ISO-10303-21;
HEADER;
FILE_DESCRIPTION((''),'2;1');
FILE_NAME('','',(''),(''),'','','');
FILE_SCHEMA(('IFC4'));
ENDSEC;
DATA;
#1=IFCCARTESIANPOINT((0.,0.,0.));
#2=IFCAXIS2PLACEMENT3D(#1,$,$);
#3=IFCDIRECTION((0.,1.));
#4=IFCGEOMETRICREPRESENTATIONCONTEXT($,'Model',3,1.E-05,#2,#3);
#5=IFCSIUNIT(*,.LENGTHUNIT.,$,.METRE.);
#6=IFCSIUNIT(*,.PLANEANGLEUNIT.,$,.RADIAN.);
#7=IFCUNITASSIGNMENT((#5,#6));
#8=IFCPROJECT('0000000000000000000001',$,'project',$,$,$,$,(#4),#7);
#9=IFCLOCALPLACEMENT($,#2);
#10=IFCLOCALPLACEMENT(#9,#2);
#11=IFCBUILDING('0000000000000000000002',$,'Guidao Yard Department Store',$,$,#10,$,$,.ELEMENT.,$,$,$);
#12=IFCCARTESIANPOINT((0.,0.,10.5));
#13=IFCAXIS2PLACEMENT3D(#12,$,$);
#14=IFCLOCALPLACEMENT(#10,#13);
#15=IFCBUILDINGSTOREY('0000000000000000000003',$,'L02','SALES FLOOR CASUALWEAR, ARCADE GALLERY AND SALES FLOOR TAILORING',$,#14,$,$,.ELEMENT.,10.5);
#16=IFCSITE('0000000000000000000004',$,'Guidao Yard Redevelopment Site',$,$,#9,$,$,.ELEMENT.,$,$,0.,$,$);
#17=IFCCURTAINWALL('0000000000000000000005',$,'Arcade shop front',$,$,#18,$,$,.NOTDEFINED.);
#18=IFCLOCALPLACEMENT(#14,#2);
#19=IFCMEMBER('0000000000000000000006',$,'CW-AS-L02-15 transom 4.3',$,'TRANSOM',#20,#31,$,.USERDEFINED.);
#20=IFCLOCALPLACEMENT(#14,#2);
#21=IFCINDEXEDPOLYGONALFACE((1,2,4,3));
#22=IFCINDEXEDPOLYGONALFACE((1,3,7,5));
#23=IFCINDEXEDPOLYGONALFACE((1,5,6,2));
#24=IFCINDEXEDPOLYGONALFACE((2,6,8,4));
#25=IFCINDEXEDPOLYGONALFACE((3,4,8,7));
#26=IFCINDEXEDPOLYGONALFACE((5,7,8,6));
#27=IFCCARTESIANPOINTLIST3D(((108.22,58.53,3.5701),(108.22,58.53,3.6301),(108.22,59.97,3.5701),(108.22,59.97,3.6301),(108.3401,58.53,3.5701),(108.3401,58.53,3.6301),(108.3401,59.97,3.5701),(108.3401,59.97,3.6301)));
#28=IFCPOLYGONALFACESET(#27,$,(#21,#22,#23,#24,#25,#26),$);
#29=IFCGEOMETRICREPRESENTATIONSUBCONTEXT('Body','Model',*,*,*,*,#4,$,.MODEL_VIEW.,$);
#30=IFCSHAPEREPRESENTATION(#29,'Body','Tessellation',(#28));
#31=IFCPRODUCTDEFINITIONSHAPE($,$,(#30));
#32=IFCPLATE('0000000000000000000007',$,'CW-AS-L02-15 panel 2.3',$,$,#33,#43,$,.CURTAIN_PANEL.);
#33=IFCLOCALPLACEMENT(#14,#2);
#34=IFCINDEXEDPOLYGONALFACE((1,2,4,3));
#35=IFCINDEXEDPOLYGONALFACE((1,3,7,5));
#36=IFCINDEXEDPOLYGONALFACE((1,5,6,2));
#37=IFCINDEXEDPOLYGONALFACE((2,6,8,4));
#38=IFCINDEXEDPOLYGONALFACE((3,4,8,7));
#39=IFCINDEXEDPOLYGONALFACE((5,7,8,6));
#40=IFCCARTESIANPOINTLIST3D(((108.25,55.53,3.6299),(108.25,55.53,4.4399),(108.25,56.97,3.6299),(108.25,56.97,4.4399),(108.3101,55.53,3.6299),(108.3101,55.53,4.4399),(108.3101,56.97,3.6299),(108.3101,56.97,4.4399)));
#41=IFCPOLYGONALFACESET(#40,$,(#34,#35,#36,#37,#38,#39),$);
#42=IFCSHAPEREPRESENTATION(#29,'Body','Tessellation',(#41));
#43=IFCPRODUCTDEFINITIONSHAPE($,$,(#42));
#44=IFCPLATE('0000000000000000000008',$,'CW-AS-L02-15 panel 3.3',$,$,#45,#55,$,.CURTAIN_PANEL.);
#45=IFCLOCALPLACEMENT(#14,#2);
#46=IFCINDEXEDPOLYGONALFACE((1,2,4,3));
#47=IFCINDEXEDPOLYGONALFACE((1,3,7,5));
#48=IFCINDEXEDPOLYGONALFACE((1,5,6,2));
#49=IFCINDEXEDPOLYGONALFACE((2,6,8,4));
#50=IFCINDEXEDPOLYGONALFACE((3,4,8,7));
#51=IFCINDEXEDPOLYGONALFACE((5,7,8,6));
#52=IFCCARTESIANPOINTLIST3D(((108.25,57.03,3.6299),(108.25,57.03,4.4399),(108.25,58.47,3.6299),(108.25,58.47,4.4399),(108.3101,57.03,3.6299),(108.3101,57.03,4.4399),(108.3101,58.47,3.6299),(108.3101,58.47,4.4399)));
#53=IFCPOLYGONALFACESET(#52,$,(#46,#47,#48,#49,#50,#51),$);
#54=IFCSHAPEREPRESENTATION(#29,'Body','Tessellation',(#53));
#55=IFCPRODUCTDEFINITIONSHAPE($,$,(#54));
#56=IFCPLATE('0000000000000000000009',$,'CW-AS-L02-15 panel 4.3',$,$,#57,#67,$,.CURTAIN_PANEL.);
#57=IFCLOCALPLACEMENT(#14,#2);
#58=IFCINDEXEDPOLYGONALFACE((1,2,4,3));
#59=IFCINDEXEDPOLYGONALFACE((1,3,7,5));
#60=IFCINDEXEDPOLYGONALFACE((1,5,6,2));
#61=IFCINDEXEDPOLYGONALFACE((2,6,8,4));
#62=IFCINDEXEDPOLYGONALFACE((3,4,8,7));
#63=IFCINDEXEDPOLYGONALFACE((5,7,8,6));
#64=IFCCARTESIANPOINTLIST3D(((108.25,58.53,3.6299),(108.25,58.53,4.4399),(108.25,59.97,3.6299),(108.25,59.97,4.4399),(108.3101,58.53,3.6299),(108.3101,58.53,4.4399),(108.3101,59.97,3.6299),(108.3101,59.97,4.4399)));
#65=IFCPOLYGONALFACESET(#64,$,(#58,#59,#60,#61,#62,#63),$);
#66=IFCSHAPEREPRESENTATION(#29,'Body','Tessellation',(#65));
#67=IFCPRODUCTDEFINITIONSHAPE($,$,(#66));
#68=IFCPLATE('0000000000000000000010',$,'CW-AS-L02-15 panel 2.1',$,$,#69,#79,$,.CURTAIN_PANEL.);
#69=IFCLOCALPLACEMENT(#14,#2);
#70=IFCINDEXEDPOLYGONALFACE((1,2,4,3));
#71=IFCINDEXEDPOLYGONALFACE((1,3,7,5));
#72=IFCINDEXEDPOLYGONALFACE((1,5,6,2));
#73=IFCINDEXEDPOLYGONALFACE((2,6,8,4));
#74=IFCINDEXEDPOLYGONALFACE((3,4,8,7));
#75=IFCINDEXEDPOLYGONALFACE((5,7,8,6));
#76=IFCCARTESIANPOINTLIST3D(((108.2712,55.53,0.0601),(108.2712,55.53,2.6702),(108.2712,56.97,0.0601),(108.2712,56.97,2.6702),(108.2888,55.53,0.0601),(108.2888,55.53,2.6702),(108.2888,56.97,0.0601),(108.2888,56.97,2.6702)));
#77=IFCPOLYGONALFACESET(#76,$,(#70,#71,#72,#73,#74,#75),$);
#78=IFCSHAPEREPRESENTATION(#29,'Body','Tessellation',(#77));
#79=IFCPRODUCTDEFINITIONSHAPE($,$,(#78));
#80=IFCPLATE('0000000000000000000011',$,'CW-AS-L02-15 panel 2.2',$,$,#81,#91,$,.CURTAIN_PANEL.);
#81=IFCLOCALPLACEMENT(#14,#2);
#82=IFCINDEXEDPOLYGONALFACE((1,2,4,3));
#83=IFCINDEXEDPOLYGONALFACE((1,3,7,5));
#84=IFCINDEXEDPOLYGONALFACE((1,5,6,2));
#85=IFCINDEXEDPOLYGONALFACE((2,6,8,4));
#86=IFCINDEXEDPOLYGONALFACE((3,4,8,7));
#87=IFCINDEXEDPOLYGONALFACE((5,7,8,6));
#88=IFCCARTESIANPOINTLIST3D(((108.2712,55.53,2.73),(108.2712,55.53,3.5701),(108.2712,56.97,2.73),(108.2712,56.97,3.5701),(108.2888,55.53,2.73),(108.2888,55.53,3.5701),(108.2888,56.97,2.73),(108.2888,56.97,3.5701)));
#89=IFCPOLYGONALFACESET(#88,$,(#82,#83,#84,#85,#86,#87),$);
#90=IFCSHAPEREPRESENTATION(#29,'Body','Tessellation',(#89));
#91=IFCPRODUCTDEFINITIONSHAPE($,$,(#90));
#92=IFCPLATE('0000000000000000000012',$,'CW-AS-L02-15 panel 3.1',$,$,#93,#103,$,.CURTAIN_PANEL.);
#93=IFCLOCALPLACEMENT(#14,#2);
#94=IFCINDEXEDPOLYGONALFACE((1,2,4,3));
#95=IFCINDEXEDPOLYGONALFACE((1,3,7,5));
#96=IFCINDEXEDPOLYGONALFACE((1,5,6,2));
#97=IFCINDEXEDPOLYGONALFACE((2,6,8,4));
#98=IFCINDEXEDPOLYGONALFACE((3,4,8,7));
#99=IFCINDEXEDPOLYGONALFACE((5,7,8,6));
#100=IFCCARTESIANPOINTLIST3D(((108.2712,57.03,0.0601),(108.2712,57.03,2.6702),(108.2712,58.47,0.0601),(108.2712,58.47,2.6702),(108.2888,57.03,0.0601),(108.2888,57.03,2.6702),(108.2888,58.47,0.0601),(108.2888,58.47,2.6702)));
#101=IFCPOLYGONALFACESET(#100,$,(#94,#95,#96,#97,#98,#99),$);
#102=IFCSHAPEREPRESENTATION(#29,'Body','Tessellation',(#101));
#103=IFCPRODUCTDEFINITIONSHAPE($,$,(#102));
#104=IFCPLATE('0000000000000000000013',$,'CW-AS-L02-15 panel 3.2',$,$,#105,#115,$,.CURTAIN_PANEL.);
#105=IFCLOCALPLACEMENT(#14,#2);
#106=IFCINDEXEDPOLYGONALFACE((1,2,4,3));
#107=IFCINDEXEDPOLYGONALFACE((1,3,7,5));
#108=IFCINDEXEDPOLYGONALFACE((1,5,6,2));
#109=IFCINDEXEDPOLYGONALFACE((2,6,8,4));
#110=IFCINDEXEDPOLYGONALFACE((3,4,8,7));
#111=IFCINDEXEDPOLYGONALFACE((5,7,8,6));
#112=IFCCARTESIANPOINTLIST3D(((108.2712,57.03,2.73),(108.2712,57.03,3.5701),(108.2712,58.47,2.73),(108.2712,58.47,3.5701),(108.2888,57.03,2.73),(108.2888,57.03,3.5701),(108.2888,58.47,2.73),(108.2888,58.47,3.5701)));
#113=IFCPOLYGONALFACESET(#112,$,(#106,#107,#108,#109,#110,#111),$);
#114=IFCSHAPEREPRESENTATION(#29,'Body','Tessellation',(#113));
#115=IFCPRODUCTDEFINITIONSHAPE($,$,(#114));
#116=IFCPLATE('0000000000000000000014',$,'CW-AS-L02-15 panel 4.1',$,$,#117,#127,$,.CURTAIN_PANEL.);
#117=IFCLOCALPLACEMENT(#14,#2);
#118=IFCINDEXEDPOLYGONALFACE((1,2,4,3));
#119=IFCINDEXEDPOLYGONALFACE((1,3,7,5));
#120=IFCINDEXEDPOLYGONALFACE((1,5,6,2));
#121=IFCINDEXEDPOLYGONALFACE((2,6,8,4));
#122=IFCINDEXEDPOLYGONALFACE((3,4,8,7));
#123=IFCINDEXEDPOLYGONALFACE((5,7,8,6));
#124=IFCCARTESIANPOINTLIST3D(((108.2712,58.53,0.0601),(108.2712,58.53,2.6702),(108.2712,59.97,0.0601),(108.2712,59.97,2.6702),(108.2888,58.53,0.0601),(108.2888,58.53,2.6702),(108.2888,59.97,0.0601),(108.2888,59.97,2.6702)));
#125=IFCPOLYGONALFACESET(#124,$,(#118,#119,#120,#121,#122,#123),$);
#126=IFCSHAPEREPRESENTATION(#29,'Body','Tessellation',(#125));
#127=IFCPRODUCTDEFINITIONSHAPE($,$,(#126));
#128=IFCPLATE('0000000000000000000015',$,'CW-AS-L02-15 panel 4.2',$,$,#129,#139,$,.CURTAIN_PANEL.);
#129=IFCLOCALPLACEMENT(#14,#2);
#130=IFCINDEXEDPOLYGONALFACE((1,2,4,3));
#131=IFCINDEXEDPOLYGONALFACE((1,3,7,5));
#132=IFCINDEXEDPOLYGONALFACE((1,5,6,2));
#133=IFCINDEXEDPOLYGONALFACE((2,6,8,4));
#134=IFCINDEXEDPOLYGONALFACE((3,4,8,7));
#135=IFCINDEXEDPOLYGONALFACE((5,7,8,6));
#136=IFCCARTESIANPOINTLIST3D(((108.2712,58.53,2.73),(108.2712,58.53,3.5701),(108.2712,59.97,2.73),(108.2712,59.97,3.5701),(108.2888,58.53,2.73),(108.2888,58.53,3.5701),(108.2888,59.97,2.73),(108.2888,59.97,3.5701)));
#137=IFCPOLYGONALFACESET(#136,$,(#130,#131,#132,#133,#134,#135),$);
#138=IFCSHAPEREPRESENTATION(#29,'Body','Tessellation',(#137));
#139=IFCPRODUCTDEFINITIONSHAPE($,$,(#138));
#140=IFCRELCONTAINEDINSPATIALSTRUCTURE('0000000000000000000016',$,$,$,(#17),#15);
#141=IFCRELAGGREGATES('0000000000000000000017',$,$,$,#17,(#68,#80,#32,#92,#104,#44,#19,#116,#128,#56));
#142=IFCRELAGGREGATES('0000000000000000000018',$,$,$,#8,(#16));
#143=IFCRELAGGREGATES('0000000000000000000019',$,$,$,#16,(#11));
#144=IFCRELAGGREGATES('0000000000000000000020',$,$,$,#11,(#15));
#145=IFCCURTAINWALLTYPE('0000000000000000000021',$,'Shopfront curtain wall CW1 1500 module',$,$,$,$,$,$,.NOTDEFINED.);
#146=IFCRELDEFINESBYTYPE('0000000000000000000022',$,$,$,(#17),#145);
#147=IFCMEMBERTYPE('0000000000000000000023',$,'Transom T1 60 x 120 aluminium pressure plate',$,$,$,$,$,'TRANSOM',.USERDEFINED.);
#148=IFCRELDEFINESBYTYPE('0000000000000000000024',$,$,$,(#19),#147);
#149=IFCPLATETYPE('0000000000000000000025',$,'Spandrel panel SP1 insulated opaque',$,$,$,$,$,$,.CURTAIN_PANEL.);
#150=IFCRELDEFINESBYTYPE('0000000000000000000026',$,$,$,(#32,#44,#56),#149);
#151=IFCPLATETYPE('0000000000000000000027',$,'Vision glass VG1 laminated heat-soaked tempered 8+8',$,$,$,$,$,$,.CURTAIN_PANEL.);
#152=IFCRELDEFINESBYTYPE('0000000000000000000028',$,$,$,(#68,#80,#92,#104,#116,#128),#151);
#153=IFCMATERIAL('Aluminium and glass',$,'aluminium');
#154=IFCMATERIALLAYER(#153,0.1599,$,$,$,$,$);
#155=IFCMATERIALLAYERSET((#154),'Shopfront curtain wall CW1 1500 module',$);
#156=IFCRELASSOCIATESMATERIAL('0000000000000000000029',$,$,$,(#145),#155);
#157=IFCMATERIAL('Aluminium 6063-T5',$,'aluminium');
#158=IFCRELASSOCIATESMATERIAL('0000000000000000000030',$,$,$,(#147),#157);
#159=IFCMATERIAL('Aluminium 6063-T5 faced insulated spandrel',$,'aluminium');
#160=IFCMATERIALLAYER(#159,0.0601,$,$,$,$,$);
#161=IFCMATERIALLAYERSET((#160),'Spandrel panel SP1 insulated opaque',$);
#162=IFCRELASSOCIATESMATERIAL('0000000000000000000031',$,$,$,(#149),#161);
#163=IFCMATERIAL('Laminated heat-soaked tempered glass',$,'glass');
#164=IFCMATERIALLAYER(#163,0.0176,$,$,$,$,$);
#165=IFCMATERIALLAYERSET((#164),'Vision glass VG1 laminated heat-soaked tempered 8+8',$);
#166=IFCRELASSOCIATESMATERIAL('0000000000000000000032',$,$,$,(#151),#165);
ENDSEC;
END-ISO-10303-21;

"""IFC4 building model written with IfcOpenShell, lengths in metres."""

from ifc_helpers import new_model, si_unit, direction, frame, origin, origin_2d, place, context, subcontext, project, spatial, rectangle, extrude, material, layer, layer_set, material_profile, profile_set, type_object, element, aggregate, save


model = new_model("IFC4")

# Units and contexts
model_context = context("Model", 3, precision=1e-05, world=origin(), true_north=direction((0.0, 1.0)))
body_context = subcontext(model_context, "Body", "Model", "MODEL_VIEW")
ifc_project = project(units=[si_unit("LENGTHUNIT", "METRE"), si_unit("PLANEANGLEUNIT", "RADIAN")], contexts=[model_context])

# Site, building, storey
site_placement = place(None, origin())
site = spatial("IfcSite", under=ifc_project, at=site_placement, Name="Guidao Yard Redevelopment Site", CompositionType="ELEMENT", RefElevation=0.0)
building_placement = place(site_placement, origin())
building = spatial("IfcBuilding", under=site, at=building_placement, Name="Guidao Yard Department Store", CompositionType="ELEMENT")
storey_placement = place(building_placement, frame((0.0, 0.0, 10.5)))
storey = spatial("IfcBuildingStorey", under=building, at=storey_placement, Name="L02", Description="SALES FLOOR CASUALWEAR, ARCADE GALLERY AND SALES FLOOR TAILORING", CompositionType="ELEMENT", Elevation=10.5)

# Curtain wall, member, plates
ifc_material_1 = material(Name="Aluminium and glass", Category="aluminium")
ifc_layer_1 = layer(ifc_material_1, 0.1599)
ifc_layer_set_1 = layer_set([ifc_layer_1], Name="Shopfront curtain wall CW1 1500 module")
curtain_wall_type = type_object("IfcCurtainWallType", Name="Shopfront curtain wall CW1 1500 module", PredefinedType="NOTDEFINED", material=ifc_layer_set_1)
curtain_wall_placement = place(storey_placement, origin())
curtain_wall = element("IfcCurtainWall", 1, at=curtain_wall_placement, inside=storey, type_object=curtain_wall_type, Name="Arcade shop front", PredefinedType="NOTDEFINED")
ifc_material_2 = material(Name="Aluminium 6063-T5", Category="aluminium")
ifc_material_profile_1 = material_profile(ifc_material_2, rectangle(XDim=0.1201, YDim=0.0601, at=origin_2d()), Name="Transom T1 60 x 120 aluminium pressure plate")
ifc_profile_set_1 = profile_set([ifc_material_profile_1], Name="Aluminium 6063-T5")
member_type_1 = type_object("IfcMemberType", Name="Transom T1 60 x 120 aluminium pressure plate", ElementType="TRANSOM", PredefinedType="USERDEFINED", material=ifc_profile_set_1)
member_1_placement = place(storey_placement, frame((108.28, 59.97, 3.6001), z_axis=(0.0, -1.0, 0.0), x_axis=(1.0, 0.0, 0.0)))
member_1 = element("IfcMember", 2, at=member_1_placement, type_object=member_type_1, Name="CW-AS-L02-15 transom 4.3", ObjectType="TRANSOM", PredefinedType="USERDEFINED", context=body_context, shape_type="SweptSolid", body=[
    extrude(rectangle(XDim=0.1201, YDim=0.0601, at=origin_2d()), origin(), (0.0, 0.0, 1.0), 1.4399),
])
ifc_material_3 = material(Name="Aluminium 6063-T5 faced insulated spandrel", Category="aluminium")
ifc_layer_2 = layer(ifc_material_3, 0.0601)
ifc_layer_set_2 = layer_set([ifc_layer_2], Name="Spandrel panel SP1 insulated opaque")
plate_type_1 = type_object("IfcPlateType", Name="Spandrel panel SP1 insulated opaque", PredefinedType="CURTAIN_PANEL", material=ifc_layer_set_2)
plate_1_placement = place(storey_placement, frame((108.28, 56.25, 3.6299), z_axis=(0.0, 0.0, 1.0), x_axis=(0.0, -1.0, 0.0)))
plate_1 = element("IfcPlate", 3, at=plate_1_placement, type_object=plate_type_1, Name="CW-AS-L02-15 panel 2.3", PredefinedType="CURTAIN_PANEL", context=body_context, shape_type="SweptSolid", body=[
    extrude(rectangle(XDim=1.4399, YDim=0.0601, at=origin_2d()), origin(), (0.0, 0.0, 1.0), 0.8101),
])
plate_2_placement = place(storey_placement, frame((108.28, 57.75, 3.6299), z_axis=(0.0, 0.0, 1.0), x_axis=(0.0, -1.0, 0.0)))
plate_2 = element("IfcPlate", 4, at=plate_2_placement, type_object=plate_type_1, Name="CW-AS-L02-15 panel 3.3", PredefinedType="CURTAIN_PANEL", context=body_context, shape_type="SweptSolid", body=[
    extrude(rectangle(XDim=1.4399, YDim=0.0601, at=origin_2d()), origin(), (0.0, 0.0, 1.0), 0.8101),
])
plate_3_placement = place(storey_placement, frame((108.28, 59.25, 3.6299), z_axis=(0.0, 0.0, 1.0), x_axis=(0.0, -1.0, 0.0)))
plate_3 = element("IfcPlate", 5, at=plate_3_placement, type_object=plate_type_1, Name="CW-AS-L02-15 panel 4.3", PredefinedType="CURTAIN_PANEL", context=body_context, shape_type="SweptSolid", body=[
    extrude(rectangle(XDim=1.4399, YDim=0.0601, at=origin_2d()), origin(), (0.0, 0.0, 1.0), 0.8101),
])
ifc_material_4 = material(Name="Laminated heat-soaked tempered glass", Category="glass")
ifc_layer_3 = layer(ifc_material_4, 0.0176)
ifc_layer_set_3 = layer_set([ifc_layer_3], Name="Vision glass VG1 laminated heat-soaked tempered 8+8")
plate_type_2 = type_object("IfcPlateType", Name="Vision glass VG1 laminated heat-soaked tempered 8+8", PredefinedType="CURTAIN_PANEL", material=ifc_layer_set_3)
plate_4_placement = place(storey_placement, frame((108.28, 56.25, 0.0601), z_axis=(0.0, 0.0, 1.0), x_axis=(0.0, -1.0, 0.0)))
plate_4 = element("IfcPlate", 6, at=plate_4_placement, type_object=plate_type_2, Name="CW-AS-L02-15 panel 2.1", PredefinedType="CURTAIN_PANEL", context=body_context, shape_type="SweptSolid", body=[
    extrude(rectangle(XDim=1.4399, YDim=0.0176, at=origin_2d()), origin(), (0.0, 0.0, 1.0), 2.6101),
])
plate_5_placement = place(storey_placement, frame((108.28, 56.25, 2.73), z_axis=(0.0, 0.0, 1.0), x_axis=(0.0, -1.0, 0.0)))
plate_5 = element("IfcPlate", 7, at=plate_5_placement, type_object=plate_type_2, Name="CW-AS-L02-15 panel 2.2", PredefinedType="CURTAIN_PANEL", context=body_context, shape_type="SweptSolid", body=[
    extrude(rectangle(XDim=1.4399, YDim=0.0176, at=origin_2d()), origin(), (0.0, 0.0, 1.0), 0.8401),
])
plate_6_placement = place(storey_placement, frame((108.28, 57.75, 0.0601), z_axis=(0.0, 0.0, 1.0), x_axis=(0.0, -1.0, 0.0)))
plate_6 = element("IfcPlate", 8, at=plate_6_placement, type_object=plate_type_2, Name="CW-AS-L02-15 panel 3.1", PredefinedType="CURTAIN_PANEL", context=body_context, shape_type="SweptSolid", body=[
    extrude(rectangle(XDim=1.4399, YDim=0.0176, at=origin_2d()), origin(), (0.0, 0.0, 1.0), 2.6101),
])
plate_7_placement = place(storey_placement, frame((108.28, 57.75, 2.73), z_axis=(0.0, 0.0, 1.0), x_axis=(0.0, -1.0, 0.0)))
plate_7 = element("IfcPlate", 9, at=plate_7_placement, type_object=plate_type_2, Name="CW-AS-L02-15 panel 3.2", PredefinedType="CURTAIN_PANEL", context=body_context, shape_type="SweptSolid", body=[
    extrude(rectangle(XDim=1.4399, YDim=0.0176, at=origin_2d()), origin(), (0.0, 0.0, 1.0), 0.8401),
])
plate_8_placement = place(storey_placement, frame((108.28, 59.25, 0.0601), z_axis=(0.0, 0.0, 1.0), x_axis=(0.0, -1.0, 0.0)))
plate_8 = element("IfcPlate", 10, at=plate_8_placement, type_object=plate_type_2, Name="CW-AS-L02-15 panel 4.1", PredefinedType="CURTAIN_PANEL", context=body_context, shape_type="SweptSolid", body=[
    extrude(rectangle(XDim=1.4399, YDim=0.0176, at=origin_2d()), origin(), (0.0, 0.0, 1.0), 2.6101),
])
plate_9_placement = place(storey_placement, frame((108.28, 59.25, 2.73), z_axis=(0.0, 0.0, 1.0), x_axis=(0.0, -1.0, 0.0)))
plate_9 = element("IfcPlate", 11, at=plate_9_placement, type_object=plate_type_2, Name="CW-AS-L02-15 panel 4.2", PredefinedType="CURTAIN_PANEL", context=body_context, shape_type="SweptSolid", body=[
    extrude(rectangle(XDim=1.4399, YDim=0.0176, at=origin_2d()), origin(), (0.0, 0.0, 1.0), 0.8401),
])
aggregate(curtain_wall, [plate_4, plate_5, plate_1, plate_6, plate_7, plate_2, member_1, plate_8, plate_9, plate_3])

save(model, "model.ifc")
